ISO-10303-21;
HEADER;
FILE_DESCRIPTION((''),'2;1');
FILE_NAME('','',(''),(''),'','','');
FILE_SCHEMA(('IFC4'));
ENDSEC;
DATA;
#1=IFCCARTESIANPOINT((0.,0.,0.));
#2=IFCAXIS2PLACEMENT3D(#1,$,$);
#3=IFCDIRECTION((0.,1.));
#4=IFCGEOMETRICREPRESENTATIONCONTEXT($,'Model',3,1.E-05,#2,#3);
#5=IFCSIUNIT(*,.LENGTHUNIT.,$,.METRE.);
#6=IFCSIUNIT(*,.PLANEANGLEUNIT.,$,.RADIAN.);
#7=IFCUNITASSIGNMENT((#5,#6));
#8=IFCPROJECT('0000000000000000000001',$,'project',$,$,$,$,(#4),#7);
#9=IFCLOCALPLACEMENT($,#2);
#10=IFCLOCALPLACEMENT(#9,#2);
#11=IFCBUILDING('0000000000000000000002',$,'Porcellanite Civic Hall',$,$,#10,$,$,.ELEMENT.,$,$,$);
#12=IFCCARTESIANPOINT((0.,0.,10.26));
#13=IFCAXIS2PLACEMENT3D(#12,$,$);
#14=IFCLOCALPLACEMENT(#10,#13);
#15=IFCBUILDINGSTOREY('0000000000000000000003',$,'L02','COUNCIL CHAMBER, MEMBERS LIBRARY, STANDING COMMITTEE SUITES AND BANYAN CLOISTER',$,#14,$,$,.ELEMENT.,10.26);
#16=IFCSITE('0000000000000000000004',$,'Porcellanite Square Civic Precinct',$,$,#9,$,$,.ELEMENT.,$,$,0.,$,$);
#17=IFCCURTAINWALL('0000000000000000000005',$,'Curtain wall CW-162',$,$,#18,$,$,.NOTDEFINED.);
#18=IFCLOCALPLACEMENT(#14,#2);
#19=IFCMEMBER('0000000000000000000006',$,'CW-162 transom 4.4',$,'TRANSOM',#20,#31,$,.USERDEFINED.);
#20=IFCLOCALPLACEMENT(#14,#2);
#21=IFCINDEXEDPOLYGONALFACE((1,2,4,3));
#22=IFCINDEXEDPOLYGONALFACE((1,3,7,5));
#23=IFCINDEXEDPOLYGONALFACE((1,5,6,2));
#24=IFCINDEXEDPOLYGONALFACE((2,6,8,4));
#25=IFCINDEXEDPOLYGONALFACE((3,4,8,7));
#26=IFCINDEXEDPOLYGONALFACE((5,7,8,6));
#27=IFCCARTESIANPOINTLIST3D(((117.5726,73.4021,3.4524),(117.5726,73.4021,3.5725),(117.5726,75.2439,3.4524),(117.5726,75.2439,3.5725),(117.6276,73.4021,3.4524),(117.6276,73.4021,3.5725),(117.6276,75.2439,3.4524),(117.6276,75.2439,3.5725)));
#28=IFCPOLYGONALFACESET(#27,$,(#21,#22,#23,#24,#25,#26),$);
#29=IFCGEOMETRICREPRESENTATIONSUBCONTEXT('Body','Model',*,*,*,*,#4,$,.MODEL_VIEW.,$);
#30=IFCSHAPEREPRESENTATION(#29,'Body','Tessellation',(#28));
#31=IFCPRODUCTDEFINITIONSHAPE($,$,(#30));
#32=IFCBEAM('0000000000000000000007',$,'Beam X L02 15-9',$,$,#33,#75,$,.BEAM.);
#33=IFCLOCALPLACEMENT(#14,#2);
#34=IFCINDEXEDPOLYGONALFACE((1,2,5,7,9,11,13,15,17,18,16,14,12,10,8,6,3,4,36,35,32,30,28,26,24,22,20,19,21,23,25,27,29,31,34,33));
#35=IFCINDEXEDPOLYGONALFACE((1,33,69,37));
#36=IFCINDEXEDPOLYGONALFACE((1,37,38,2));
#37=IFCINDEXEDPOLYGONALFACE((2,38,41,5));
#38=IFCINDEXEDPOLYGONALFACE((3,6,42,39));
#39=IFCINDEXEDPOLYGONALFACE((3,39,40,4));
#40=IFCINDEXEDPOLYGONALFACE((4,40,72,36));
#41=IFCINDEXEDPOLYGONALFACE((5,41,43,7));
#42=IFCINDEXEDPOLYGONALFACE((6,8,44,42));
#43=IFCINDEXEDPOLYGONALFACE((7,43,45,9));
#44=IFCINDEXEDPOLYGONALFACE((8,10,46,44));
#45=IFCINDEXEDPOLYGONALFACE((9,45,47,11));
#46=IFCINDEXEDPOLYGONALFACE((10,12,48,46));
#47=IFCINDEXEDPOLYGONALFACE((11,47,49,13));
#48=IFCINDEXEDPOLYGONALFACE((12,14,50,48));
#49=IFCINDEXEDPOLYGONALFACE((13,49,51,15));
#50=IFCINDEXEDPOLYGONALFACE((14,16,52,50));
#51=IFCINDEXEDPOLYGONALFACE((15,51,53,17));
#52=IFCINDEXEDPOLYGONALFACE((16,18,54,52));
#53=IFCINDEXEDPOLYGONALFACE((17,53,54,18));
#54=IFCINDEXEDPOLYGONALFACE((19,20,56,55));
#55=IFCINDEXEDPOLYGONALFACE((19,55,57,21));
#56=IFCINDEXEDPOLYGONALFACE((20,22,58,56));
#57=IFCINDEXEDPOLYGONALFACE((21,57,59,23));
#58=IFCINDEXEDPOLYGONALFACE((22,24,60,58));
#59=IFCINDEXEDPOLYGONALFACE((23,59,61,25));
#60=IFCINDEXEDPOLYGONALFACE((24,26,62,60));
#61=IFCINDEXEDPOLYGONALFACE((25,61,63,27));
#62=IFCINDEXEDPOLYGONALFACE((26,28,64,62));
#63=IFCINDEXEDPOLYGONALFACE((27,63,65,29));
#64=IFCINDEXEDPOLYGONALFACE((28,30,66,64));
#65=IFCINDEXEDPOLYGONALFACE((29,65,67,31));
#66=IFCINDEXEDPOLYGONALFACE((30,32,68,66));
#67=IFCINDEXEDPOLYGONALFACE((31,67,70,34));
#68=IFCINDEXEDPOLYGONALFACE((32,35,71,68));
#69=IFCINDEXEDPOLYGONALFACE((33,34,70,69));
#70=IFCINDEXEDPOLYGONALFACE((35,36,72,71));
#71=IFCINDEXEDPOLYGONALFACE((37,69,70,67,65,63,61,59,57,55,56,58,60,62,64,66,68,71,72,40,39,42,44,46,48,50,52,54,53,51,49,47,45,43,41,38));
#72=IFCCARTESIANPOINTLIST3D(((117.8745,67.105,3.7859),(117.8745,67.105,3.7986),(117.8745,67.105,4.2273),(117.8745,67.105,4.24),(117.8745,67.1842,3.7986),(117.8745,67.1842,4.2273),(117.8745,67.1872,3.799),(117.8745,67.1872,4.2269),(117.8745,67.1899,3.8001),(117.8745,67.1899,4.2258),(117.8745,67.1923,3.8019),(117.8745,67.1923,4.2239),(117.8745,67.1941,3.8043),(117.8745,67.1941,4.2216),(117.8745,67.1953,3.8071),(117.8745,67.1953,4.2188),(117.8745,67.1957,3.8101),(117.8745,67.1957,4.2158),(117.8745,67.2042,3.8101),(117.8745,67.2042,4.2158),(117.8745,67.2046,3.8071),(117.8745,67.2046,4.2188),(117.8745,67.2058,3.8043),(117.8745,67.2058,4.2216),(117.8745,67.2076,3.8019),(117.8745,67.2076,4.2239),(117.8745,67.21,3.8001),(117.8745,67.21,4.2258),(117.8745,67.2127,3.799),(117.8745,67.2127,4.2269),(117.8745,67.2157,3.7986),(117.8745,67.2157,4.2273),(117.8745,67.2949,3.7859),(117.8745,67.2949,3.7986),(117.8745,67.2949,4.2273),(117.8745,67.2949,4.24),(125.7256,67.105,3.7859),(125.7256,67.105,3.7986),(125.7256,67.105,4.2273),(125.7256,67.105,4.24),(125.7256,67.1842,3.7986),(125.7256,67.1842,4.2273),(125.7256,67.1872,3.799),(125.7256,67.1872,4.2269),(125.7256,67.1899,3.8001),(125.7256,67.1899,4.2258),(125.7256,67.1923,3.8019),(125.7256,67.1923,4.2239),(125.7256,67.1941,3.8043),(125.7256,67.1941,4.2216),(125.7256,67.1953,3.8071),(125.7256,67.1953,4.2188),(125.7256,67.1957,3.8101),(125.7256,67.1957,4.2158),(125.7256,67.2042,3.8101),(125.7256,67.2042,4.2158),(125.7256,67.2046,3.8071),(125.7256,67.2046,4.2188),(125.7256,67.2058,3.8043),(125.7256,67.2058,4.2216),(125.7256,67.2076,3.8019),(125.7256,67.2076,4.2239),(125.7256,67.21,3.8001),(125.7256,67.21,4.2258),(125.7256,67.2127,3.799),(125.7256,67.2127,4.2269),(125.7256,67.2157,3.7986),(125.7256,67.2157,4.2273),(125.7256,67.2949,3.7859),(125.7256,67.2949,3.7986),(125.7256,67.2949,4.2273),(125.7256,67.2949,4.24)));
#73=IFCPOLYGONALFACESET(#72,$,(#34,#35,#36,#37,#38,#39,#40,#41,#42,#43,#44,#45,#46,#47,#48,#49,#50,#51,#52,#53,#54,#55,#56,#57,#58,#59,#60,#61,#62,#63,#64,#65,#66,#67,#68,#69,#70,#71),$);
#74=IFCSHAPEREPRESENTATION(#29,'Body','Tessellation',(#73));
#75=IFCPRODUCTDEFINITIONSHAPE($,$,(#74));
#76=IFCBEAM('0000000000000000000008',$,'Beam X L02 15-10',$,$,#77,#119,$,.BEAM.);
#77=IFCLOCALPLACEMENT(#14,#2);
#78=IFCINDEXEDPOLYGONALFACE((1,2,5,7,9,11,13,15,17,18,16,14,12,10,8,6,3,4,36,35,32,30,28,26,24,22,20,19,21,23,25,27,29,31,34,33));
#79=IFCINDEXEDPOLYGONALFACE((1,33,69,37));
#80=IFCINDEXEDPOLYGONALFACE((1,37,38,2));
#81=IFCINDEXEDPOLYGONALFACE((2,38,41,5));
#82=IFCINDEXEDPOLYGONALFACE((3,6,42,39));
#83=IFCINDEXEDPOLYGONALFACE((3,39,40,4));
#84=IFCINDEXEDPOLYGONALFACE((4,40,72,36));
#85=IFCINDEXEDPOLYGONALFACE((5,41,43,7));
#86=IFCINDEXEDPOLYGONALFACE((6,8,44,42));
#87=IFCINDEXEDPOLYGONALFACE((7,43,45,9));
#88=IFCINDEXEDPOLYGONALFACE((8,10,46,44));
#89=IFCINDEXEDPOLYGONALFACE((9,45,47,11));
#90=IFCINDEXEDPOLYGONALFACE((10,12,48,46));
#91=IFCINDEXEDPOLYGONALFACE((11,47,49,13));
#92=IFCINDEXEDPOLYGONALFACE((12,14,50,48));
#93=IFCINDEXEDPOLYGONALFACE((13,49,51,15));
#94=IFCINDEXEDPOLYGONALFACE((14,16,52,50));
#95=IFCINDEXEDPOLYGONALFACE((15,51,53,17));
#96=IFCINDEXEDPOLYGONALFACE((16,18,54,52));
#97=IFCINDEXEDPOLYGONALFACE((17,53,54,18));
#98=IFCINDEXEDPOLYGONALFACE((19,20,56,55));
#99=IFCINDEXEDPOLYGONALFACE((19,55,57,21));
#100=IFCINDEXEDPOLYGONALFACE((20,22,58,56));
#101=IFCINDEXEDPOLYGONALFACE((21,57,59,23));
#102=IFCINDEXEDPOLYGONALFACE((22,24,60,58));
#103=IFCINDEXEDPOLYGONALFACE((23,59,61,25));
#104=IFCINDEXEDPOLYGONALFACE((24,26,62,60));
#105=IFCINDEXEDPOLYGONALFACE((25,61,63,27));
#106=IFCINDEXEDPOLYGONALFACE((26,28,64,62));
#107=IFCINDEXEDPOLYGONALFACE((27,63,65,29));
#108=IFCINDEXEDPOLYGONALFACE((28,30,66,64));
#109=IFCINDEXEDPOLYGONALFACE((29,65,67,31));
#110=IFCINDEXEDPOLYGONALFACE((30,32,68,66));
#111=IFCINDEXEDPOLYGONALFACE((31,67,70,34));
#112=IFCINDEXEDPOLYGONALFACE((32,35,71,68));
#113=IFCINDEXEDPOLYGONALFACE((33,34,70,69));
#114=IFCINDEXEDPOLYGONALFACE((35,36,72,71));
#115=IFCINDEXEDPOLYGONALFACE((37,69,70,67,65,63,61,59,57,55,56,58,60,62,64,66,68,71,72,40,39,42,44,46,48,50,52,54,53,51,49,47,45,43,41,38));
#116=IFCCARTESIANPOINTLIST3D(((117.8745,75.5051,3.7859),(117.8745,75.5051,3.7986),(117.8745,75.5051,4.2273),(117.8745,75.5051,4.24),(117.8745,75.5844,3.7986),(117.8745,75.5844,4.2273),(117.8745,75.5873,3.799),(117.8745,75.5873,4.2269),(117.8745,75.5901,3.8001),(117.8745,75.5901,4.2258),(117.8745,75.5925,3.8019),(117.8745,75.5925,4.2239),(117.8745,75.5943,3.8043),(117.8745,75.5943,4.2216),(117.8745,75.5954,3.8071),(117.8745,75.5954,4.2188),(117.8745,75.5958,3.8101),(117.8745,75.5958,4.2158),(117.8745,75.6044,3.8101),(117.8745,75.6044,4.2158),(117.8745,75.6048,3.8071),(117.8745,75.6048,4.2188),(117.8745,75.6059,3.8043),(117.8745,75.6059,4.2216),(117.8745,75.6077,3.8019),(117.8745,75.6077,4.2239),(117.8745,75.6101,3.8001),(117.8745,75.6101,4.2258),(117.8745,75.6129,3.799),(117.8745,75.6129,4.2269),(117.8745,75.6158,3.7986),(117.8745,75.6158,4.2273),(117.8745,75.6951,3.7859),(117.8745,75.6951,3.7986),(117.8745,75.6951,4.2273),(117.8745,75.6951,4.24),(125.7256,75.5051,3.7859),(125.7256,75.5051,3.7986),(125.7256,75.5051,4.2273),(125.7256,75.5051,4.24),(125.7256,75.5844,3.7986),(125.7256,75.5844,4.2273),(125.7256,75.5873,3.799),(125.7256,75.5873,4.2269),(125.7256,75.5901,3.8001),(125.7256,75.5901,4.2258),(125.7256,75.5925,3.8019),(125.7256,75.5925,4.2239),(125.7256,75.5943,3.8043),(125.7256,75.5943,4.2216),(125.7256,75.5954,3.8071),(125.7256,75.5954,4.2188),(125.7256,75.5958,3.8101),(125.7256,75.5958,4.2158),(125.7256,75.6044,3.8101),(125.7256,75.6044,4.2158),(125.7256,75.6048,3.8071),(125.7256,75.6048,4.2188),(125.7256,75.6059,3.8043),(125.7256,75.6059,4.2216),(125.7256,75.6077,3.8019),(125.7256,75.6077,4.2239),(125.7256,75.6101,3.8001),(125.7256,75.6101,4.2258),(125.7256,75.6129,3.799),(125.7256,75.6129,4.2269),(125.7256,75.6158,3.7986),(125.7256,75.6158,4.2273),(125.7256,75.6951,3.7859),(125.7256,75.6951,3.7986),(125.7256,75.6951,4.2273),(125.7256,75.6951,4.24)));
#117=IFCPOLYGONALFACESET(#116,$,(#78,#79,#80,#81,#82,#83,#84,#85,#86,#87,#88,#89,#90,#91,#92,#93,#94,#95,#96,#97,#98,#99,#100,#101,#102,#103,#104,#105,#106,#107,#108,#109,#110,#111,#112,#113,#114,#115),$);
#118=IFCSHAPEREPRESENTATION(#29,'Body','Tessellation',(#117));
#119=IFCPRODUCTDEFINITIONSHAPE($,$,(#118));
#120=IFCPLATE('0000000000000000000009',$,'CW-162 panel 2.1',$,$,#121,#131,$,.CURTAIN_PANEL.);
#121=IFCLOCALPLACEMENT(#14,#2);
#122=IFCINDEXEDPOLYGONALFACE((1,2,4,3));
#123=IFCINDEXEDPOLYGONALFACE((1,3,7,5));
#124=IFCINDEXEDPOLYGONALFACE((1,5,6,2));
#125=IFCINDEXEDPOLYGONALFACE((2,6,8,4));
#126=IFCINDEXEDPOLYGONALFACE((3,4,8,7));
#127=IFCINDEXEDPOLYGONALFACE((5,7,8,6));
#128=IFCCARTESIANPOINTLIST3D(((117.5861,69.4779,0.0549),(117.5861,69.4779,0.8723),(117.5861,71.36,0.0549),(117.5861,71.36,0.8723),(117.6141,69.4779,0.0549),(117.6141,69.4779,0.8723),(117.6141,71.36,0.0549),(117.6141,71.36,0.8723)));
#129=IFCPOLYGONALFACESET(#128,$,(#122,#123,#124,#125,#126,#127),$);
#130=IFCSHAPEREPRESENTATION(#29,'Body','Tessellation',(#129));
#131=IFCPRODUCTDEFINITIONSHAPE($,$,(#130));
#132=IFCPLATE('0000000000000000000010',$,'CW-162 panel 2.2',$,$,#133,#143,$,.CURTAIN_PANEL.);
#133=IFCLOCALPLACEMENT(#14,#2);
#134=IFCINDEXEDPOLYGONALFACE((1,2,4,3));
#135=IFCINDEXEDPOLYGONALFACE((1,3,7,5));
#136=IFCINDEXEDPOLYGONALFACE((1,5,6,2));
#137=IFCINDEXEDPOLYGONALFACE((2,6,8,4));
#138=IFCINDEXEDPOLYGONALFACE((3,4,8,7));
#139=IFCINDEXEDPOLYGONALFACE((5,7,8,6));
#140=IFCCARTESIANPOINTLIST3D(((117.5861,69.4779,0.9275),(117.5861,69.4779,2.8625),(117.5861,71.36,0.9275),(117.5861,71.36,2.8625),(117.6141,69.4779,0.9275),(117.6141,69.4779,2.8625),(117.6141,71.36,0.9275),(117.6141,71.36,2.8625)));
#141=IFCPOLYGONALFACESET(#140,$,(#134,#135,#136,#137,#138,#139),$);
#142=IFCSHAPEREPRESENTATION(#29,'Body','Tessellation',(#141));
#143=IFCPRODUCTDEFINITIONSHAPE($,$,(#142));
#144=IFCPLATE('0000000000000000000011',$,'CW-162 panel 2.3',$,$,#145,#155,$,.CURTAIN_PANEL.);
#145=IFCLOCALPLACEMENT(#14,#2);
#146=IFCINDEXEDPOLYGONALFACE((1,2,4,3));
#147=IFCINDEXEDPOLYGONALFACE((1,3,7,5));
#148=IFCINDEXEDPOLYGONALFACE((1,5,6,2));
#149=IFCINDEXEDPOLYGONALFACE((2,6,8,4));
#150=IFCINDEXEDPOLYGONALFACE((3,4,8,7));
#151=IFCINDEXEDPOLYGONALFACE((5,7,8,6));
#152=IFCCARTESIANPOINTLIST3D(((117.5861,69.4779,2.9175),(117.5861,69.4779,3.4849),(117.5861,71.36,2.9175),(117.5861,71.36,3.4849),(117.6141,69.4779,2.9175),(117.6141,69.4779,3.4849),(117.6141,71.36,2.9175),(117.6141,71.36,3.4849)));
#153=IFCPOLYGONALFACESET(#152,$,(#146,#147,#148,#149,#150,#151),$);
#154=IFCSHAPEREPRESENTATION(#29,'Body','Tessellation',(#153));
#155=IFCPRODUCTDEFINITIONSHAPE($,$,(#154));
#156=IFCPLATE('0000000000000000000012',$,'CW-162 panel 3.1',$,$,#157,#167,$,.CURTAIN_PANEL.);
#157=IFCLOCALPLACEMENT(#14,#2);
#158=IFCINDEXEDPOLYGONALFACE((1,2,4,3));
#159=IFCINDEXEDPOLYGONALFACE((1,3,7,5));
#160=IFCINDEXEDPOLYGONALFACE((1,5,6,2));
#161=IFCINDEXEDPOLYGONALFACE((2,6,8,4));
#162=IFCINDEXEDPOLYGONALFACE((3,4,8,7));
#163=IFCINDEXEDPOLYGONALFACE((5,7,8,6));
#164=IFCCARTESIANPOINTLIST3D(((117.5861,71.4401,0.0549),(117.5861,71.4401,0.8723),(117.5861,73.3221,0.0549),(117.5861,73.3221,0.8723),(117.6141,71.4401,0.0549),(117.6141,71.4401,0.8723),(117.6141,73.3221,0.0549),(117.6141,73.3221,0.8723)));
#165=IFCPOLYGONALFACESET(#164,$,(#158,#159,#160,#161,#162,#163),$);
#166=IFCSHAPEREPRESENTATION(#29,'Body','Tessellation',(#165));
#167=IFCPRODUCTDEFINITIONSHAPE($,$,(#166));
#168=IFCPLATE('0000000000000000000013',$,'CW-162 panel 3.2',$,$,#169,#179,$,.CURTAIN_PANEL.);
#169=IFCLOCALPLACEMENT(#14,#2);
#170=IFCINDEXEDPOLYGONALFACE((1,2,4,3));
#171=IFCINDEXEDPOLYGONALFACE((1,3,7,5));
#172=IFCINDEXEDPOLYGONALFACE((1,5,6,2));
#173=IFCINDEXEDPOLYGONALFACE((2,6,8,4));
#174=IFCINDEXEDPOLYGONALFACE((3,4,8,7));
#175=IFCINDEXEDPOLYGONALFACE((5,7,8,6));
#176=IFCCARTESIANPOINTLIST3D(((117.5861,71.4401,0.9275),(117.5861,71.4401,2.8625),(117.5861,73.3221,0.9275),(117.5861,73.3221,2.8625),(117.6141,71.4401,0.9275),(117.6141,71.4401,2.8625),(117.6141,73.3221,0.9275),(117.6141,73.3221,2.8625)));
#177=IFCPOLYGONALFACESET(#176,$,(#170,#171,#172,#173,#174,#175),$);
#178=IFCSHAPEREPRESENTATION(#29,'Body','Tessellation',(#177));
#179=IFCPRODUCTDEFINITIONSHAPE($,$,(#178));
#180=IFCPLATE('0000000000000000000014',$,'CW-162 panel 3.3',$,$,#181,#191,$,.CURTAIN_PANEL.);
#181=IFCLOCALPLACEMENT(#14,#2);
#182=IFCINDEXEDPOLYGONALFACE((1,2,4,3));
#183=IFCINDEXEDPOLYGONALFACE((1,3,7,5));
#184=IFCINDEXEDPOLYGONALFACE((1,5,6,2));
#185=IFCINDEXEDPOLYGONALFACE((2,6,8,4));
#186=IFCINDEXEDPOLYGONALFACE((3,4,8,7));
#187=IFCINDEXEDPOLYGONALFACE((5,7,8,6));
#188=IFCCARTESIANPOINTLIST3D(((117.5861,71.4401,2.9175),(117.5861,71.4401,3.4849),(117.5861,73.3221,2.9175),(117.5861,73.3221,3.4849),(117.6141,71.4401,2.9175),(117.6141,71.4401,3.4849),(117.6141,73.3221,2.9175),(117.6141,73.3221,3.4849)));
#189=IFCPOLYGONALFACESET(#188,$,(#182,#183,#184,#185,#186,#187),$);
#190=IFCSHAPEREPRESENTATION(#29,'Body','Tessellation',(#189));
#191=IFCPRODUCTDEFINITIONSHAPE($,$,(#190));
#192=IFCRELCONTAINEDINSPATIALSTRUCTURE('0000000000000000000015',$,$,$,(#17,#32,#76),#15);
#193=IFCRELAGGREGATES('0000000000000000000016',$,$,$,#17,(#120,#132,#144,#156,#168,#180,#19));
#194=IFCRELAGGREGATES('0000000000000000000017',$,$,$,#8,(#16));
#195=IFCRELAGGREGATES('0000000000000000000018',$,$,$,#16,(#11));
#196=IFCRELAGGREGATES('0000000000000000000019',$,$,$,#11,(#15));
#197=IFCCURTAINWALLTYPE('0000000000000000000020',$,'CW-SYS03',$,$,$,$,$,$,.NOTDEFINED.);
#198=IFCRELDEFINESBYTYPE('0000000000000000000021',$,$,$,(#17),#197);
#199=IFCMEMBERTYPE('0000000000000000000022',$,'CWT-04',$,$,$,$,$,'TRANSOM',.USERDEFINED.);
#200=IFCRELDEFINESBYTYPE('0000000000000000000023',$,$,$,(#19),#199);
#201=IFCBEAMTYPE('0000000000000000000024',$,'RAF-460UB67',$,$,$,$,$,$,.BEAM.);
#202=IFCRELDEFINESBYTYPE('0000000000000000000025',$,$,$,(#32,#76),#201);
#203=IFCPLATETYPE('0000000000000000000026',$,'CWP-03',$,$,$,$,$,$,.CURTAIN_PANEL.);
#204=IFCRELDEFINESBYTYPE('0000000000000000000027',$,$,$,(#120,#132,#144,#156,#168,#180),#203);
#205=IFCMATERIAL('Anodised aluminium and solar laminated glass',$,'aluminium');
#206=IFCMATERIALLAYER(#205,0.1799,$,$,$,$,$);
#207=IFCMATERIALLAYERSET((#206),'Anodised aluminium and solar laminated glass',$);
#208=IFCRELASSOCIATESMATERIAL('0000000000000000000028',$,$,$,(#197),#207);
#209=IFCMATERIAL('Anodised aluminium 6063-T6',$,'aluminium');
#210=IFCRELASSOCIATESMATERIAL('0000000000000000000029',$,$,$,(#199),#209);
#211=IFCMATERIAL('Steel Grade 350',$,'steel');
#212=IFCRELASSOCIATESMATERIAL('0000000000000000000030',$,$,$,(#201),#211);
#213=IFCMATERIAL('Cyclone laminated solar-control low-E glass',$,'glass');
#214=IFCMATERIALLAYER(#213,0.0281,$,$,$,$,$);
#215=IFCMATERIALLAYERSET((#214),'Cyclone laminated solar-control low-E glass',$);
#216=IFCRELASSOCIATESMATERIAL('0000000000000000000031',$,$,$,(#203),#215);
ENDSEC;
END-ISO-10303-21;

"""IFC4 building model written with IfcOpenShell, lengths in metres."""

from ifc_helpers import new_model, si_unit, direction, frame, origin, origin_2d, place, context, subcontext, project, spatial, rectangle, i_section, extrude, material, layer, layer_set, material_profile, profile_set, type_object, element, aggregate, save


model = new_model("IFC4")

# Units and contexts
model_context = context("Model", 3, precision=1e-05, world=origin(), true_north=direction((0.0, 1.0)))
body_context = subcontext(model_context, "Body", "Model", "MODEL_VIEW")
ifc_project = project(units=[si_unit("LENGTHUNIT", "METRE"), si_unit("PLANEANGLEUNIT", "RADIAN")], contexts=[model_context])

# Site, building, storey
site_placement = place(None, origin())
site = spatial("IfcSite", under=ifc_project, at=site_placement, Name="Porcellanite Square Civic Precinct", CompositionType="ELEMENT", RefElevation=0.0)
building_placement = place(site_placement, origin())
building = spatial("IfcBuilding", under=site, at=building_placement, Name="Porcellanite Civic Hall", CompositionType="ELEMENT")
storey_placement = place(building_placement, frame((0.0, 0.0, 10.26)))
storey = spatial("IfcBuildingStorey", under=building, at=storey_placement, Name="L02", Description="COUNCIL CHAMBER, MEMBERS LIBRARY, STANDING COMMITTEE SUITES AND BANYAN CLOISTER", CompositionType="ELEMENT", Elevation=10.26)

# Curtain wall, member
ifc_material_1 = material(Name="Anodised aluminium and solar laminated glass", Category="aluminium")
ifc_layer_1 = layer(ifc_material_1, 0.1799)
ifc_layer_set_1 = layer_set([ifc_layer_1], Name="Anodised aluminium and solar laminated glass")
curtain_wall_type = type_object("IfcCurtainWallType", Name="CW-SYS03", PredefinedType="NOTDEFINED", material=ifc_layer_set_1)
curtain_wall_placement = place(storey_placement, origin())
curtain_wall = element("IfcCurtainWall", 1, at=curtain_wall_placement, inside=storey, type_object=curtain_wall_type, Name="Curtain wall CW-162", PredefinedType="NOTDEFINED")
ifc_material_2 = material(Name="Anodised aluminium 6063-T6", Category="aluminium")
ifc_material_profile_1 = material_profile(ifc_material_2, rectangle(XDim=0.0549, YDim=0.1201, at=origin_2d()), Name="AL-55x120")
ifc_profile_set_1 = profile_set([ifc_material_profile_1], Name="Anodised aluminium 6063-T6")
member_type_1 = type_object("IfcMemberType", Name="CWT-04", ElementType="TRANSOM", PredefinedType="USERDEFINED", material=ifc_profile_set_1)
member_1_placement = place(storey_placement, frame((117.6001, 73.4021, 3.5125), z_axis=(0.0, 1.0, 0.0), x_axis=(-1.0, 0.0, 0.0)))
member_1 = element("IfcMember", 2, at=member_1_placement, type_object=member_type_1, Name="CW-162 transom 4.4", ObjectType="TRANSOM", PredefinedType="USERDEFINED", context=body_context, shape_type="SweptSolid", body=[
    extrude(rectangle(XDim=0.0549, YDim=0.1201, at=origin_2d()), origin(), (0.0, 0.0, 1.0), 1.8418),
])

# Beams
ifc_material_3 = material(Name="Steel Grade 350", Category="steel")
ifc_material_profile_2 = material_profile(ifc_material_3, i_section(OverallWidth=0.1899, OverallDepth=0.4541, WebThickness=0.0085, FlangeThickness=0.0127, FilletRadius=0.0115, at=origin_2d()), Name="460UB67.1")
ifc_profile_set_2 = profile_set([ifc_material_profile_2], Name="Steel Grade 350")
beam_type = type_object("IfcBeamType", Name="RAF-460UB67", PredefinedType="BEAM", material=ifc_profile_set_2)
for number, where, z_axis, x_axis, name in (
    (3, (117.8745, 67.2, 4.0129), (1.0, 0.0, 0.0), (0.0, 1.0, 0.0), "Beam X L02 15-9"),
    (4, (117.8745, 75.6001, 4.0129), (1.0, 0.0, 0.0), (0.0, 1.0, 0.0), "Beam X L02 15-10"),
):
    element("IfcBeam", number, at=place(storey_placement, frame(where, z_axis=z_axis, x_axis=x_axis)), inside=storey, type_object=beam_type, Name=name, PredefinedType="BEAM", context=body_context, shape_type="SweptSolid", body=[
        extrude(i_section(OverallWidth=0.1899, OverallDepth=0.4541, WebThickness=0.0085, FlangeThickness=0.0127, FilletRadius=0.0115, at=origin_2d()), origin(), (0.0, 0.0, 1.0), 7.8511),
    ])

# Plates
ifc_material_4 = material(Name="Cyclone laminated solar-control low-E glass", Category="glass")
ifc_layer_2 = layer(ifc_material_4, 0.0281)
ifc_layer_set_2 = layer_set([ifc_layer_2], Name="Cyclone laminated solar-control low-E glass")
plate_type = type_object("IfcPlateType", Name="CWP-03", PredefinedType="CURTAIN_PANEL", material=ifc_layer_set_2)
plate_1_placement = place(storey_placement, frame((117.6001, 70.4189, 0.0549), z_axis=(0.0, 0.0, 1.0), x_axis=(0.0, 1.0, 0.0)))
plate_1 = element("IfcPlate", 5, at=plate_1_placement, type_object=plate_type, Name="CW-162 panel 2.1", PredefinedType="CURTAIN_PANEL", context=body_context, shape_type="SweptSolid", body=[
    extrude(rectangle(XDim=1.8821, YDim=0.0281, at=origin_2d()), origin(), (0.0, 0.0, 1.0), 0.8174),
])
plate_2_placement = place(storey_placement, frame((117.6001, 70.4189, 0.9275), z_axis=(0.0, 0.0, 1.0), x_axis=(0.0, 1.0, 0.0)))
plate_2 = element("IfcPlate", 6, at=plate_2_placement, type_object=plate_type, Name="CW-162 panel 2.2", PredefinedType="CURTAIN_PANEL", context=body_context, shape_type="SweptSolid", body=[
    extrude(rectangle(XDim=1.8821, YDim=0.0281, at=origin_2d()), origin(), (0.0, 0.0, 1.0), 1.9351),
])
plate_3_placement = place(storey_placement, frame((117.6001, 70.4189, 2.9175), z_axis=(0.0, 0.0, 1.0), x_axis=(0.0, 1.0, 0.0)))
plate_3 = element("IfcPlate", 7, at=plate_3_placement, type_object=plate_type, Name="CW-162 panel 2.3", PredefinedType="CURTAIN_PANEL", context=body_context, shape_type="SweptSolid", body=[
    extrude(rectangle(XDim=1.8821, YDim=0.0281, at=origin_2d()), origin(), (0.0, 0.0, 1.0), 0.5674),
])
plate_4_placement = place(storey_placement, frame((117.6001, 72.3811, 0.0549), z_axis=(0.0, 0.0, 1.0), x_axis=(0.0, 1.0, 0.0)))
plate_4 = element("IfcPlate", 8, at=plate_4_placement, type_object=plate_type, Name="CW-162 panel 3.1", PredefinedType="CURTAIN_PANEL", context=body_context, shape_type="SweptSolid", body=[
    extrude(rectangle(XDim=1.8821, YDim=0.0281, at=origin_2d()), origin(), (0.0, 0.0, 1.0), 0.8174),
])
plate_5_placement = place(storey_placement, frame((117.6001, 72.3811, 0.9275), z_axis=(0.0, 0.0, 1.0), x_axis=(0.0, 1.0, 0.0)))
plate_5 = element("IfcPlate", 9, at=plate_5_placement, type_object=plate_type, Name="CW-162 panel 3.2", PredefinedType="CURTAIN_PANEL", context=body_context, shape_type="SweptSolid", body=[
    extrude(rectangle(XDim=1.8821, YDim=0.0281, at=origin_2d()), origin(), (0.0, 0.0, 1.0), 1.9351),
])
plate_6_placement = place(storey_placement, frame((117.6001, 72.3811, 2.9175), z_axis=(0.0, 0.0, 1.0), x_axis=(0.0, 1.0, 0.0)))
plate_6 = element("IfcPlate", 10, at=plate_6_placement, type_object=plate_type, Name="CW-162 panel 3.3", PredefinedType="CURTAIN_PANEL", context=body_context, shape_type="SweptSolid", body=[
    extrude(rectangle(XDim=1.8821, YDim=0.0281, at=origin_2d()), origin(), (0.0, 0.0, 1.0), 0.5674),
])
aggregate(curtain_wall, [plate_1, plate_2, plate_3, plate_4, plate_5, plate_6, member_1])

save(model, "model.ifc")
